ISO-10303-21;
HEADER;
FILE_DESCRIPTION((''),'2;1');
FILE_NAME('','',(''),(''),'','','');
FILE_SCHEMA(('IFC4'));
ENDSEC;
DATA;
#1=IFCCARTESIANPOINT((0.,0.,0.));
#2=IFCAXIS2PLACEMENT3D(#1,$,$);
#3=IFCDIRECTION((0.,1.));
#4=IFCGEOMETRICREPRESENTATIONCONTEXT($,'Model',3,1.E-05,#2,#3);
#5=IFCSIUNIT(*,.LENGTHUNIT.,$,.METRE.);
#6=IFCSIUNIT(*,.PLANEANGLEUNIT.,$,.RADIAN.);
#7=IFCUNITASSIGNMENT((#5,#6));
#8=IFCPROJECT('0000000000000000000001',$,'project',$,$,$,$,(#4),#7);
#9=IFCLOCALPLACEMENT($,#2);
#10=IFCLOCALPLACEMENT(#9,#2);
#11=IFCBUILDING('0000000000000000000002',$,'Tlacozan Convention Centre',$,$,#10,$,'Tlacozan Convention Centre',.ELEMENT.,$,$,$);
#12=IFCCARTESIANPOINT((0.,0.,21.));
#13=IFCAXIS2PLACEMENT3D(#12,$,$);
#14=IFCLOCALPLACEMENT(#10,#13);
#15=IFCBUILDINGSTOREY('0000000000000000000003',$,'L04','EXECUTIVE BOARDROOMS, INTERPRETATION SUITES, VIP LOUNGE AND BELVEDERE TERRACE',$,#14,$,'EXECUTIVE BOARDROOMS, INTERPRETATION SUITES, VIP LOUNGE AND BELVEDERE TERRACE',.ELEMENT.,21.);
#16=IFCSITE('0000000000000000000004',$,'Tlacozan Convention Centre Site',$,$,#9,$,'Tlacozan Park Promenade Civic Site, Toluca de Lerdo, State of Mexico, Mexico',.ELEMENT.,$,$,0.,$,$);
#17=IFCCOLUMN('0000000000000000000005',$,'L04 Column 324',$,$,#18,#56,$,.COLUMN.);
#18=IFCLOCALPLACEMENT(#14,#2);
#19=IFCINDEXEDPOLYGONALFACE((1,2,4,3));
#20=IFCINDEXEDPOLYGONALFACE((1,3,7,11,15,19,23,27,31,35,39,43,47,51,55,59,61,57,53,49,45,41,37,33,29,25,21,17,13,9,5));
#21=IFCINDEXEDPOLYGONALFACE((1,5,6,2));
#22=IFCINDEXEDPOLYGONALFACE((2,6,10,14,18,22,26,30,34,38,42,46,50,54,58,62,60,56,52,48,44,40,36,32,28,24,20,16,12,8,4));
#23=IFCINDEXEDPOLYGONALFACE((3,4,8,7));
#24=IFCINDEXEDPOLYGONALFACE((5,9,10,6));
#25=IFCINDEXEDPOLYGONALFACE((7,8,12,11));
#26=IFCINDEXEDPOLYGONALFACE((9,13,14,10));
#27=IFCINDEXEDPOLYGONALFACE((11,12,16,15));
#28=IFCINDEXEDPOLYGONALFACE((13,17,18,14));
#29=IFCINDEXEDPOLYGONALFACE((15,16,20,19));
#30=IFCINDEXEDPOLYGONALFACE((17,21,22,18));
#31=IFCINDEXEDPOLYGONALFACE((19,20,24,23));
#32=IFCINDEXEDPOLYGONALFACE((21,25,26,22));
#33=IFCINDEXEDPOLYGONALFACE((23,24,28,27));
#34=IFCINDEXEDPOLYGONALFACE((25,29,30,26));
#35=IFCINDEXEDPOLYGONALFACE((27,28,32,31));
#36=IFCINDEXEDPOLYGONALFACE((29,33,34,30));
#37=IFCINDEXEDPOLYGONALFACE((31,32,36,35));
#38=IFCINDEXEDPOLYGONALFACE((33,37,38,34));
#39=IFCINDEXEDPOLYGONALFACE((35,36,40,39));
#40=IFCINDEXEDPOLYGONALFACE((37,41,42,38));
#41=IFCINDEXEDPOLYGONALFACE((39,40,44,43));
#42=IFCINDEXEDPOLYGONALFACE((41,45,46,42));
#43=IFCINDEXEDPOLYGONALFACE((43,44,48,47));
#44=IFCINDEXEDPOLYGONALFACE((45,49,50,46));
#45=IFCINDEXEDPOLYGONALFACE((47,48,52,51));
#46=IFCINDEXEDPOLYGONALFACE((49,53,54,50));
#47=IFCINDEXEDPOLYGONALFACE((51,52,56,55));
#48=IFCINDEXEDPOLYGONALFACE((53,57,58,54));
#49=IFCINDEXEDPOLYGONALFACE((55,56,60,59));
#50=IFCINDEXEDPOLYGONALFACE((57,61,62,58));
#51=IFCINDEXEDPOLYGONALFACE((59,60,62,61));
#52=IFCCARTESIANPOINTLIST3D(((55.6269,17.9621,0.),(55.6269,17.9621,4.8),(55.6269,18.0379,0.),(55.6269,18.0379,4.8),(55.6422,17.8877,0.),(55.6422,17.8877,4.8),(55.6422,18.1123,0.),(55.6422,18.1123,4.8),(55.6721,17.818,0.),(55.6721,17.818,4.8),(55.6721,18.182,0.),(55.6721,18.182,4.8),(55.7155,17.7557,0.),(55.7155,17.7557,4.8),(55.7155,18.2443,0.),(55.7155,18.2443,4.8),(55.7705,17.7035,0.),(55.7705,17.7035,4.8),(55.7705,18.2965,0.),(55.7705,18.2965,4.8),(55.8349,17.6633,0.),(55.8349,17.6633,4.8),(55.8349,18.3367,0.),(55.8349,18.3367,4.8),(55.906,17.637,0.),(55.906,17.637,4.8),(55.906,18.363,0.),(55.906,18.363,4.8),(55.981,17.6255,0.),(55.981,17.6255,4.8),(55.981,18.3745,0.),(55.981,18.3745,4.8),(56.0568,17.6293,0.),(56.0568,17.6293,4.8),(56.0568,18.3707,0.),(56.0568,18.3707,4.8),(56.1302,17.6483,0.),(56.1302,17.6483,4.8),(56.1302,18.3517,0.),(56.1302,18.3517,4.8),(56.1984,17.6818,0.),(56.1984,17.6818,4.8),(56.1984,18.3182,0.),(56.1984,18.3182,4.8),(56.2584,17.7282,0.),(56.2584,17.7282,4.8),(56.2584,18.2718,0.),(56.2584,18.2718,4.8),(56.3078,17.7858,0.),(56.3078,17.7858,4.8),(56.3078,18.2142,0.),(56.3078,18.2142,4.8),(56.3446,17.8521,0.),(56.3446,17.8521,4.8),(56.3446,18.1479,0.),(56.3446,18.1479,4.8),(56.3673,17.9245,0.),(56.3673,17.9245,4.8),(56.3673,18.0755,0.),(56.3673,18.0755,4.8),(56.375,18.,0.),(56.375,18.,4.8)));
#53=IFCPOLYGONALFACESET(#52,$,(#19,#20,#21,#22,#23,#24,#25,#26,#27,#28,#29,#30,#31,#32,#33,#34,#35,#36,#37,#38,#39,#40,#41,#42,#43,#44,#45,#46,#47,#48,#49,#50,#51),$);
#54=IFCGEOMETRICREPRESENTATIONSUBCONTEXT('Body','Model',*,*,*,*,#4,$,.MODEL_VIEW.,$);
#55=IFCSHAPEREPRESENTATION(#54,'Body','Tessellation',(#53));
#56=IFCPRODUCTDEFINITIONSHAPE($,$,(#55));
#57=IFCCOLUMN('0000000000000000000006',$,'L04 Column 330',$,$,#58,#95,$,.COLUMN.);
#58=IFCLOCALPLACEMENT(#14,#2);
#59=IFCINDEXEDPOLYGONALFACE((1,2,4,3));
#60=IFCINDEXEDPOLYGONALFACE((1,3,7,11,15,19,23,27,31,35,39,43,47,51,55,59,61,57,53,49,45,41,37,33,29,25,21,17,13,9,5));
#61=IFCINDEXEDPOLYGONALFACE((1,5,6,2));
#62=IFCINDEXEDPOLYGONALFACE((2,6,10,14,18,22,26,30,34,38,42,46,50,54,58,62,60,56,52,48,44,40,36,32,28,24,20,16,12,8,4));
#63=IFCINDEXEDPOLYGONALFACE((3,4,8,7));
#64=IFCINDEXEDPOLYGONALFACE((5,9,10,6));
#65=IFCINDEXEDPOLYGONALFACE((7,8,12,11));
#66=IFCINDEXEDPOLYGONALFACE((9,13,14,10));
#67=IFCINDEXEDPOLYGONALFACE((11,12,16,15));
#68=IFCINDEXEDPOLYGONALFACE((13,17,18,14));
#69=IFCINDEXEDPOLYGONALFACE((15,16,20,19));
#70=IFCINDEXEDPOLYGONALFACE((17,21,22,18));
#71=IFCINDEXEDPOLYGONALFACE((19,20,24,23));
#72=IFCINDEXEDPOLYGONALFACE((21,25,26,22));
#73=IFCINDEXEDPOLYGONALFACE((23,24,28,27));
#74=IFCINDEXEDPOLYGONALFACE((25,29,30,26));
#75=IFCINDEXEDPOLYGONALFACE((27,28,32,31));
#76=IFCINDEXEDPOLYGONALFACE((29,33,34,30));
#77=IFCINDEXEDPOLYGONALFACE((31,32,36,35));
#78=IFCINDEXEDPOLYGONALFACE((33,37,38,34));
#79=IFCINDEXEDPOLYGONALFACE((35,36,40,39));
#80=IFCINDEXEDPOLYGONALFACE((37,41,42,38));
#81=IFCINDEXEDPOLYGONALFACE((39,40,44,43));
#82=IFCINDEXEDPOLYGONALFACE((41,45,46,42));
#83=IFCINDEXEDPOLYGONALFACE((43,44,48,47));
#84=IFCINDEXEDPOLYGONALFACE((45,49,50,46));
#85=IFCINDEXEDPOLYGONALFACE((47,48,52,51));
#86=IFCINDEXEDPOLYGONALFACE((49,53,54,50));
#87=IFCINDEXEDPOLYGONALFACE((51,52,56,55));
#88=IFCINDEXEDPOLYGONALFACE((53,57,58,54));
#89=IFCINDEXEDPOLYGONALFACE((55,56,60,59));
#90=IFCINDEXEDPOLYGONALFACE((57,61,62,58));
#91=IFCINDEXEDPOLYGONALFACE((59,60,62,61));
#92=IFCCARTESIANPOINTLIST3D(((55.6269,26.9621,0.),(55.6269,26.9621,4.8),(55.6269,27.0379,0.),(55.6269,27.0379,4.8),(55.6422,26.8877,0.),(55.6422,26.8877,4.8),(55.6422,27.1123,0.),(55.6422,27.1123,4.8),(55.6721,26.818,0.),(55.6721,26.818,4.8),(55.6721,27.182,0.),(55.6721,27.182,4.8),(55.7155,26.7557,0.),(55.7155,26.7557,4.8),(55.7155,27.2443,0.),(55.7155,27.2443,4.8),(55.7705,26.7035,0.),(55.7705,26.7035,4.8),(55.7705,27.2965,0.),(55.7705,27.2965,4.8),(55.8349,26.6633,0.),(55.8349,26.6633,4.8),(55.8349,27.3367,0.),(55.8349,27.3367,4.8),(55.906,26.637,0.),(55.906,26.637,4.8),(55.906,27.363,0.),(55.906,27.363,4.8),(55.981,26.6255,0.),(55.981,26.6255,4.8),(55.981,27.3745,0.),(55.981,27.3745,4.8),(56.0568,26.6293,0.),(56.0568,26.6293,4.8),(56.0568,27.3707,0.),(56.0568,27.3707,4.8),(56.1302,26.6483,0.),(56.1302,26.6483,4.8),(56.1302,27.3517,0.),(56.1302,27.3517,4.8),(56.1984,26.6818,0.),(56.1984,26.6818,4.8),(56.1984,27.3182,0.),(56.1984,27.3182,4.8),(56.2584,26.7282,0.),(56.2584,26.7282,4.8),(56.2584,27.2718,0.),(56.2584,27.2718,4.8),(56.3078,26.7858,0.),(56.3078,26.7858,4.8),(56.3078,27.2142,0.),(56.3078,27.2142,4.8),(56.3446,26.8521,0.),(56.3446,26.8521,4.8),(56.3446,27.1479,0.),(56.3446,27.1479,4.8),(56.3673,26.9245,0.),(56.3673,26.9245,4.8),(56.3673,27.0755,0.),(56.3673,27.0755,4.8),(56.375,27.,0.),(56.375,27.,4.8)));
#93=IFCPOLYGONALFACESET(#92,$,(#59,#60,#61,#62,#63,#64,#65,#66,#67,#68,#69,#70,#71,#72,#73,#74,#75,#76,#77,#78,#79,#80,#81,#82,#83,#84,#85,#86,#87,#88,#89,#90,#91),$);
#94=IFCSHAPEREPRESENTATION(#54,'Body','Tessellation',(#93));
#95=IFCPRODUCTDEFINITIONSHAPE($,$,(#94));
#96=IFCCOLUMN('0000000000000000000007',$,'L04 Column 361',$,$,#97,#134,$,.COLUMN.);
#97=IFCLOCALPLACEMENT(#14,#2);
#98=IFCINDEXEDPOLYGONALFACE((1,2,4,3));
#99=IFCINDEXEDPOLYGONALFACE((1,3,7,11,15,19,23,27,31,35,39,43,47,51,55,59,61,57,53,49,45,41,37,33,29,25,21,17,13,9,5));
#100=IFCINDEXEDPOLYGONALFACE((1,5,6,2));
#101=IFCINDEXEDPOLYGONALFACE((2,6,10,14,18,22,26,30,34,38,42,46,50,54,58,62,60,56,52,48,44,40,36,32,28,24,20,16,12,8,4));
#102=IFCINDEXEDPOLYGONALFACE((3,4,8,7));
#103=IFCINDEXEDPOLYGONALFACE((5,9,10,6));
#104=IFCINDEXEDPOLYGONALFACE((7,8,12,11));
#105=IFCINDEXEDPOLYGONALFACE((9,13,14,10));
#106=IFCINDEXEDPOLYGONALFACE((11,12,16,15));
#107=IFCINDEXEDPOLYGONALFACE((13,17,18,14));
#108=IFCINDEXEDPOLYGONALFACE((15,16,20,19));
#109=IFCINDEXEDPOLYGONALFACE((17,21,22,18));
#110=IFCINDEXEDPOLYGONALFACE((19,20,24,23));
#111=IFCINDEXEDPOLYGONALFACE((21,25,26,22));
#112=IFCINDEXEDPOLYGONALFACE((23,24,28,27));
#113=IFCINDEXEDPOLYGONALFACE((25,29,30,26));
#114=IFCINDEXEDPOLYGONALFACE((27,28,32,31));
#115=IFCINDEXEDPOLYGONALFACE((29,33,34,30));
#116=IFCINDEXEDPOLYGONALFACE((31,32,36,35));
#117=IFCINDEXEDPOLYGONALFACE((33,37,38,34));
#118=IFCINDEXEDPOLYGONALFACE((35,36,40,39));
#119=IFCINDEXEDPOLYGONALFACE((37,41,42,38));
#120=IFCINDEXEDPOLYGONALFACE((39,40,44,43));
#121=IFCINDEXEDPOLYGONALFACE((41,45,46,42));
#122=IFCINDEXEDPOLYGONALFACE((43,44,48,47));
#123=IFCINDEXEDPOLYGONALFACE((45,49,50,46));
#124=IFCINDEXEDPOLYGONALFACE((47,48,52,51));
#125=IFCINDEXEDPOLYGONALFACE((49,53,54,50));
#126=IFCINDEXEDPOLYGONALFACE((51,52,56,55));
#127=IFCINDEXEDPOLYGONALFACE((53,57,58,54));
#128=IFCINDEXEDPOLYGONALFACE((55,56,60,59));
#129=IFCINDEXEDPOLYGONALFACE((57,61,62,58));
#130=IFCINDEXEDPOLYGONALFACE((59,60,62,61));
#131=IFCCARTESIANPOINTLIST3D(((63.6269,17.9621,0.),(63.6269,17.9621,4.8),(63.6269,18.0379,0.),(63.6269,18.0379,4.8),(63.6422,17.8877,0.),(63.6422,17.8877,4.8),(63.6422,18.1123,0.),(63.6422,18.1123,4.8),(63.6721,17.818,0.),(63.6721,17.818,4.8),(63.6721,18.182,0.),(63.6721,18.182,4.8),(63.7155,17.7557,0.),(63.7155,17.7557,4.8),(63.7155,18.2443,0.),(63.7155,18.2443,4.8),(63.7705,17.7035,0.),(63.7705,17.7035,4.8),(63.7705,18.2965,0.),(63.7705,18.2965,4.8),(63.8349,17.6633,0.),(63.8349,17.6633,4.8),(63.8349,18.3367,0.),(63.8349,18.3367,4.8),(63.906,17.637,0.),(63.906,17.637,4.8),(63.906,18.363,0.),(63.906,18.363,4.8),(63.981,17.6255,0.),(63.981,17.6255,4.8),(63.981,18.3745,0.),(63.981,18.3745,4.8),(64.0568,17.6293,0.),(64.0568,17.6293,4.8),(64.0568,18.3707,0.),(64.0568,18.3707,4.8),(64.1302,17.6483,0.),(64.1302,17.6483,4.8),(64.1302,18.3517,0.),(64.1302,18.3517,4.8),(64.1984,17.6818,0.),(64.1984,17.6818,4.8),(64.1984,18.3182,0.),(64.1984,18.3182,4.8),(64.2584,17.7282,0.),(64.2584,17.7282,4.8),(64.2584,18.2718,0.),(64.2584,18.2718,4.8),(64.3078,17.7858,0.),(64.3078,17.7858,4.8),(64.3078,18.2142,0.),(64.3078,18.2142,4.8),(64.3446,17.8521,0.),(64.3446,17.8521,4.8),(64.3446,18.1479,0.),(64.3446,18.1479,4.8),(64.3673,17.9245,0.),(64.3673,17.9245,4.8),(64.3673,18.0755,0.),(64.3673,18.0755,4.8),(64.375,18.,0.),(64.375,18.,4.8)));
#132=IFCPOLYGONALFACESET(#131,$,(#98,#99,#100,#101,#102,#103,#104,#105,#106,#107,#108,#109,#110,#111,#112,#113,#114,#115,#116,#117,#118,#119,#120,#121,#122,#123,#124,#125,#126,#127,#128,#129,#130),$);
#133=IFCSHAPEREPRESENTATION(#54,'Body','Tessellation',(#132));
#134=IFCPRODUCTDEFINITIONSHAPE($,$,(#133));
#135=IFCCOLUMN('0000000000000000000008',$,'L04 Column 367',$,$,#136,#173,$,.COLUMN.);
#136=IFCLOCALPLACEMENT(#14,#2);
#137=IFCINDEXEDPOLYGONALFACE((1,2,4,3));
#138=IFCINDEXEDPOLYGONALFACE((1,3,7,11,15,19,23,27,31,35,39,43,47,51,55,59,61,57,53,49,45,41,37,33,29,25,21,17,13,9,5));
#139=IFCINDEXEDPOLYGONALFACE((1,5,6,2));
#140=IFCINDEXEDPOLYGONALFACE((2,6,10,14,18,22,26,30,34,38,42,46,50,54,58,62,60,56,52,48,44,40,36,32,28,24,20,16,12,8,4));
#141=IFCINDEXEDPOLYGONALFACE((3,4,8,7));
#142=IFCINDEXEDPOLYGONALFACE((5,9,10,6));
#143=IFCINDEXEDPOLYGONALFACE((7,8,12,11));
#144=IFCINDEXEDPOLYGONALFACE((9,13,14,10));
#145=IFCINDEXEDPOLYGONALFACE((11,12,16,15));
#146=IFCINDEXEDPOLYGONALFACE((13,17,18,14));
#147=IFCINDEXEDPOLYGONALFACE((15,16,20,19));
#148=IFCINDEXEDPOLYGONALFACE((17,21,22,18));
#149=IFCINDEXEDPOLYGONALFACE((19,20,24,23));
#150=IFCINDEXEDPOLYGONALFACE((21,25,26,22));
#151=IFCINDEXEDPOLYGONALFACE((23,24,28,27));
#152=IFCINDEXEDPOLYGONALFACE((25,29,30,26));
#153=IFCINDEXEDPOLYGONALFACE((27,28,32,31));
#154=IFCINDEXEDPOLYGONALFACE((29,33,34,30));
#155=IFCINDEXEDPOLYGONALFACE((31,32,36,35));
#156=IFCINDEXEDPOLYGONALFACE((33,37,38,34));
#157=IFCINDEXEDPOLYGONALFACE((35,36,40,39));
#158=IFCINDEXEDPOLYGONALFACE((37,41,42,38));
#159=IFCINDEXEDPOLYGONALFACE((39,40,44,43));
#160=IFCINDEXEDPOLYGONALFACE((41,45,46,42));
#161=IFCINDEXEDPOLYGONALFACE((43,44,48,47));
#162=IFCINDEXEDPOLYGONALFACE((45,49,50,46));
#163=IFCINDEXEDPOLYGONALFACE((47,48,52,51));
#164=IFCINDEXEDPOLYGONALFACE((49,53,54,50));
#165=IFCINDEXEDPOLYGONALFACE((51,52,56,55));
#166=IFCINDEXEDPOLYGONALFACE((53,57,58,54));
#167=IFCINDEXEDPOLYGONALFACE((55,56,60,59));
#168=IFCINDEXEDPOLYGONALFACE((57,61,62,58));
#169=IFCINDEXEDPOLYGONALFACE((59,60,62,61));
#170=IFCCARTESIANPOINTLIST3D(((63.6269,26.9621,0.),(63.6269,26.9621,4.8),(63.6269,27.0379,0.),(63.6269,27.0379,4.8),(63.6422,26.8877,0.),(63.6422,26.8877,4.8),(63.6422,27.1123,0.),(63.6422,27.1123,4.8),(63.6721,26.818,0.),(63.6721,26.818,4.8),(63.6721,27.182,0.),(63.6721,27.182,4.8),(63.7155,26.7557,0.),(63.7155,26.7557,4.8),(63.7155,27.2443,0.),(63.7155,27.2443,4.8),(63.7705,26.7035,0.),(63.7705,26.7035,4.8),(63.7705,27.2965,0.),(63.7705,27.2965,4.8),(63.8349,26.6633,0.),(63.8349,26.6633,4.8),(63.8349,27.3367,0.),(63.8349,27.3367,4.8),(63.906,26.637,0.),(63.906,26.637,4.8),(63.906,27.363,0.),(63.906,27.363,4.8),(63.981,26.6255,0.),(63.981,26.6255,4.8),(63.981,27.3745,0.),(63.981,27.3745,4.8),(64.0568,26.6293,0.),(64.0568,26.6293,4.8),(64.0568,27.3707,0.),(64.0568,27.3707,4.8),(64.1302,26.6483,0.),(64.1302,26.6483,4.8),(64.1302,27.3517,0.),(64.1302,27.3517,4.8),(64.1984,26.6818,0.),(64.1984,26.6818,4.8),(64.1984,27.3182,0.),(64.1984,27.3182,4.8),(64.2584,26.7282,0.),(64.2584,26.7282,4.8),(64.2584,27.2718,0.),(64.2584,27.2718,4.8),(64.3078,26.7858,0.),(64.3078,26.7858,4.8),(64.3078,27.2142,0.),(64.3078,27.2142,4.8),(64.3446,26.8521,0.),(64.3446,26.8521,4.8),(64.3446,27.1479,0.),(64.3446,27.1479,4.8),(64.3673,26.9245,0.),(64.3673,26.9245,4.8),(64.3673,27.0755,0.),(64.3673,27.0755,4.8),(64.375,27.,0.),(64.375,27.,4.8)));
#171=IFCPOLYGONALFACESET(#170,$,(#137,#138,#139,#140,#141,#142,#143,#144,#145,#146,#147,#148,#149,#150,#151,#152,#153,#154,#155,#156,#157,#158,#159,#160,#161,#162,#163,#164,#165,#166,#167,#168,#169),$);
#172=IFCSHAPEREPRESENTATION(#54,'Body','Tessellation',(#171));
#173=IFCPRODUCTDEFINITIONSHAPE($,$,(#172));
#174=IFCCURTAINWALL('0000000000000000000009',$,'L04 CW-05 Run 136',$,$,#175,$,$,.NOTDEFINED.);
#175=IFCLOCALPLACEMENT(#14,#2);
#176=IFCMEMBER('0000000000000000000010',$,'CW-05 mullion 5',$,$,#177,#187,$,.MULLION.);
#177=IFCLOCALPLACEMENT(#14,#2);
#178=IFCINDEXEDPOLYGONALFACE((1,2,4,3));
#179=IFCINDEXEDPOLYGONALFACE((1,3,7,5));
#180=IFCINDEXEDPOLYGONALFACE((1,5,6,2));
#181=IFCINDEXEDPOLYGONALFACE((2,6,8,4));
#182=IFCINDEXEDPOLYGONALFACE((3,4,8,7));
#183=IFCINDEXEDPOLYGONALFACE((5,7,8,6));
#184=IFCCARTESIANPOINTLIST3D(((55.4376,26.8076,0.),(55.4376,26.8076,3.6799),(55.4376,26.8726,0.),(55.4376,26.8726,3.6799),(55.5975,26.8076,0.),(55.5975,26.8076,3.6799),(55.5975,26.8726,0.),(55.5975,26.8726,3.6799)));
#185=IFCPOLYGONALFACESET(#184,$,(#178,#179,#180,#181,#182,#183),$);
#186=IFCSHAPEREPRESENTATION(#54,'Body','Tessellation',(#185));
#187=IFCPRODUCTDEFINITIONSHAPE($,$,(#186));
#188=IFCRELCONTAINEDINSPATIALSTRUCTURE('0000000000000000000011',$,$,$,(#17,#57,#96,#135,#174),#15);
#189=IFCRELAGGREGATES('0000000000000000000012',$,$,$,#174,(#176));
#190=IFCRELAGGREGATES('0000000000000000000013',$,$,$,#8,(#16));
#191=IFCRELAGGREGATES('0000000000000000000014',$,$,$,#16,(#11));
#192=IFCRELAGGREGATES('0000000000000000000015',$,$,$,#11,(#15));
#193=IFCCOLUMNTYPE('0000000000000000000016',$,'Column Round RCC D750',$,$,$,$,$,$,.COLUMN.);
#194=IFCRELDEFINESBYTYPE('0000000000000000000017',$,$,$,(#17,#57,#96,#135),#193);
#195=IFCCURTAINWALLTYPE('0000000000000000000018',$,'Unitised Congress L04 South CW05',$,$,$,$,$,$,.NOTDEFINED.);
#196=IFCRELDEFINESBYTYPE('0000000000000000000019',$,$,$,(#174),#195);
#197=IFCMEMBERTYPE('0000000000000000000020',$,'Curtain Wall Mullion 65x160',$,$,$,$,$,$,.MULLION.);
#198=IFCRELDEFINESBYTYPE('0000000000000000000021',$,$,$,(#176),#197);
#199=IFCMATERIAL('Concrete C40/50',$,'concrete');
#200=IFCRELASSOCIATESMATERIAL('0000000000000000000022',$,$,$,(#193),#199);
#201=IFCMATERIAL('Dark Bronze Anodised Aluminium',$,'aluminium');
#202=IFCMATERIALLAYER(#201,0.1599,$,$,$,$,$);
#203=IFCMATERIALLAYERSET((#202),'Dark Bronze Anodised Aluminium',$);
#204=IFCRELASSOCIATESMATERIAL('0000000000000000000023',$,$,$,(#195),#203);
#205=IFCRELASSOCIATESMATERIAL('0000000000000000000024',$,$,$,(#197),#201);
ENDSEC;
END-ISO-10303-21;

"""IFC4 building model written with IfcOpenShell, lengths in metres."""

from ifc_helpers import new_model, si_unit, direction, frame, origin, origin_2d, place, context, subcontext, project, spatial, rectangle, circle, extrude, material, layer, layer_set, material_profile, profile_set, type_object, element, aggregate, save


model = new_model("IFC4")

# Units and contexts
model_context = context("Model", 3, precision=1e-05, world=origin(), true_north=direction((0.0, 1.0)))
body_context = subcontext(model_context, "Body", "Model", "MODEL_VIEW")
ifc_project = project(units=[si_unit("LENGTHUNIT", "METRE"), si_unit("PLANEANGLEUNIT", "RADIAN")], contexts=[model_context])

# Site, building, storey
site_placement = place(None, origin())
site = spatial("IfcSite", under=ifc_project, at=site_placement, Name="Tlacozan Convention Centre Site", LongName="Tlacozan Park Promenade Civic Site, Toluca de Lerdo, State of Mexico, Mexico", CompositionType="ELEMENT", RefElevation=0.0)
building_placement = place(site_placement, origin())
building = spatial("IfcBuilding", under=site, at=building_placement, Name="Tlacozan Convention Centre", LongName="Tlacozan Convention Centre", CompositionType="ELEMENT")
storey_placement = place(building_placement, frame((0.0, 0.0, 21.0)))
storey = spatial("IfcBuildingStorey", under=building, at=storey_placement, Name="L04", Description="EXECUTIVE BOARDROOMS, INTERPRETATION SUITES, VIP LOUNGE AND BELVEDERE TERRACE", LongName="EXECUTIVE BOARDROOMS, INTERPRETATION SUITES, VIP LOUNGE AND BELVEDERE TERRACE", CompositionType="ELEMENT", Elevation=21.0)

# Columns
ifc_material_1 = material(Name="Concrete C40/50", Category="concrete")
ifc_material_profile_1 = material_profile(ifc_material_1, circle(Radius=0.375, at=origin_2d()), Name="RCC D750")
ifc_profile_set_1 = profile_set([ifc_material_profile_1], Name="Concrete C40/50")
column_type = type_object("IfcColumnType", Name="Column Round RCC D750", PredefinedType="COLUMN", material=ifc_profile_set_1)
for number, where, z_axis, x_axis, name in (
    (1, (56.0, 18.0, 0.0), (0.0, 0.0, 1.0), (1.0, 0.0, 0.0), "L04 Column 324"),
    (2, (56.0, 27.0, 0.0), (0.0, 0.0, 1.0), (1.0, 0.0, 0.0), "L04 Column 330"),
    (3, (64.0, 18.0, 0.0), (0.0, 0.0, 1.0), (1.0, 0.0, 0.0), "L04 Column 361"),
    (4, (64.0, 27.0, 0.0), (0.0, 0.0, 1.0), (1.0, 0.0, 0.0), "L04 Column 367"),
):
    element("IfcColumn", number, at=place(storey_placement, frame(where, z_axis=z_axis, x_axis=x_axis)), inside=storey, type_object=column_type, Name=name, PredefinedType="COLUMN", context=body_context, shape_type="SweptSolid", body=[
        extrude(circle(Radius=0.375, at=origin_2d()), origin(), (0.0, 0.0, 1.0), 4.8),
    ])

# Curtain wall, member
ifc_material_2 = material(Name="Dark Bronze Anodised Aluminium", Category="aluminium")
ifc_layer_1 = layer(ifc_material_2, 0.1599)
ifc_layer_set_1 = layer_set([ifc_layer_1], Name="Dark Bronze Anodised Aluminium")
curtain_wall_type = type_object("IfcCurtainWallType", Name="Unitised Congress L04 South CW05", PredefinedType="NOTDEFINED", material=ifc_layer_set_1)
curtain_wall_placement = place(storey_placement, origin())
curtain_wall = element("IfcCurtainWall", 5, at=curtain_wall_placement, inside=storey, type_object=curtain_wall_type, Name="L04 CW-05 Run 136", PredefinedType="NOTDEFINED")
ifc_material_profile_2 = material_profile(ifc_material_2, rectangle(XDim=0.0649, YDim=0.1599, at=origin_2d()), Name="ALU 65x160")
ifc_profile_set_2 = profile_set([ifc_material_profile_2], Name="Dark Bronze Anodised Aluminium")
member_type = type_object("IfcMemberType", Name="Curtain Wall Mullion 65x160", PredefinedType="MULLION", material=ifc_profile_set_2)
member_placement = place(storey_placement, frame((55.5176, 26.8401, 0.0), z_axis=(0.0, 0.0, 1.0), x_axis=(0.0, 1.0, 0.0)))
member = element("IfcMember", 6, at=member_placement, type_object=member_type, Name="CW-05 mullion 5", PredefinedType="MULLION", context=body_context, shape_type="SweptSolid", body=[
    extrude(rectangle(XDim=0.0649, YDim=0.1599, at=origin_2d()), origin(), (0.0, 0.0, 1.0), 3.6799),
])

aggregate(curtain_wall, [member])

save(model, "model.ifc")
